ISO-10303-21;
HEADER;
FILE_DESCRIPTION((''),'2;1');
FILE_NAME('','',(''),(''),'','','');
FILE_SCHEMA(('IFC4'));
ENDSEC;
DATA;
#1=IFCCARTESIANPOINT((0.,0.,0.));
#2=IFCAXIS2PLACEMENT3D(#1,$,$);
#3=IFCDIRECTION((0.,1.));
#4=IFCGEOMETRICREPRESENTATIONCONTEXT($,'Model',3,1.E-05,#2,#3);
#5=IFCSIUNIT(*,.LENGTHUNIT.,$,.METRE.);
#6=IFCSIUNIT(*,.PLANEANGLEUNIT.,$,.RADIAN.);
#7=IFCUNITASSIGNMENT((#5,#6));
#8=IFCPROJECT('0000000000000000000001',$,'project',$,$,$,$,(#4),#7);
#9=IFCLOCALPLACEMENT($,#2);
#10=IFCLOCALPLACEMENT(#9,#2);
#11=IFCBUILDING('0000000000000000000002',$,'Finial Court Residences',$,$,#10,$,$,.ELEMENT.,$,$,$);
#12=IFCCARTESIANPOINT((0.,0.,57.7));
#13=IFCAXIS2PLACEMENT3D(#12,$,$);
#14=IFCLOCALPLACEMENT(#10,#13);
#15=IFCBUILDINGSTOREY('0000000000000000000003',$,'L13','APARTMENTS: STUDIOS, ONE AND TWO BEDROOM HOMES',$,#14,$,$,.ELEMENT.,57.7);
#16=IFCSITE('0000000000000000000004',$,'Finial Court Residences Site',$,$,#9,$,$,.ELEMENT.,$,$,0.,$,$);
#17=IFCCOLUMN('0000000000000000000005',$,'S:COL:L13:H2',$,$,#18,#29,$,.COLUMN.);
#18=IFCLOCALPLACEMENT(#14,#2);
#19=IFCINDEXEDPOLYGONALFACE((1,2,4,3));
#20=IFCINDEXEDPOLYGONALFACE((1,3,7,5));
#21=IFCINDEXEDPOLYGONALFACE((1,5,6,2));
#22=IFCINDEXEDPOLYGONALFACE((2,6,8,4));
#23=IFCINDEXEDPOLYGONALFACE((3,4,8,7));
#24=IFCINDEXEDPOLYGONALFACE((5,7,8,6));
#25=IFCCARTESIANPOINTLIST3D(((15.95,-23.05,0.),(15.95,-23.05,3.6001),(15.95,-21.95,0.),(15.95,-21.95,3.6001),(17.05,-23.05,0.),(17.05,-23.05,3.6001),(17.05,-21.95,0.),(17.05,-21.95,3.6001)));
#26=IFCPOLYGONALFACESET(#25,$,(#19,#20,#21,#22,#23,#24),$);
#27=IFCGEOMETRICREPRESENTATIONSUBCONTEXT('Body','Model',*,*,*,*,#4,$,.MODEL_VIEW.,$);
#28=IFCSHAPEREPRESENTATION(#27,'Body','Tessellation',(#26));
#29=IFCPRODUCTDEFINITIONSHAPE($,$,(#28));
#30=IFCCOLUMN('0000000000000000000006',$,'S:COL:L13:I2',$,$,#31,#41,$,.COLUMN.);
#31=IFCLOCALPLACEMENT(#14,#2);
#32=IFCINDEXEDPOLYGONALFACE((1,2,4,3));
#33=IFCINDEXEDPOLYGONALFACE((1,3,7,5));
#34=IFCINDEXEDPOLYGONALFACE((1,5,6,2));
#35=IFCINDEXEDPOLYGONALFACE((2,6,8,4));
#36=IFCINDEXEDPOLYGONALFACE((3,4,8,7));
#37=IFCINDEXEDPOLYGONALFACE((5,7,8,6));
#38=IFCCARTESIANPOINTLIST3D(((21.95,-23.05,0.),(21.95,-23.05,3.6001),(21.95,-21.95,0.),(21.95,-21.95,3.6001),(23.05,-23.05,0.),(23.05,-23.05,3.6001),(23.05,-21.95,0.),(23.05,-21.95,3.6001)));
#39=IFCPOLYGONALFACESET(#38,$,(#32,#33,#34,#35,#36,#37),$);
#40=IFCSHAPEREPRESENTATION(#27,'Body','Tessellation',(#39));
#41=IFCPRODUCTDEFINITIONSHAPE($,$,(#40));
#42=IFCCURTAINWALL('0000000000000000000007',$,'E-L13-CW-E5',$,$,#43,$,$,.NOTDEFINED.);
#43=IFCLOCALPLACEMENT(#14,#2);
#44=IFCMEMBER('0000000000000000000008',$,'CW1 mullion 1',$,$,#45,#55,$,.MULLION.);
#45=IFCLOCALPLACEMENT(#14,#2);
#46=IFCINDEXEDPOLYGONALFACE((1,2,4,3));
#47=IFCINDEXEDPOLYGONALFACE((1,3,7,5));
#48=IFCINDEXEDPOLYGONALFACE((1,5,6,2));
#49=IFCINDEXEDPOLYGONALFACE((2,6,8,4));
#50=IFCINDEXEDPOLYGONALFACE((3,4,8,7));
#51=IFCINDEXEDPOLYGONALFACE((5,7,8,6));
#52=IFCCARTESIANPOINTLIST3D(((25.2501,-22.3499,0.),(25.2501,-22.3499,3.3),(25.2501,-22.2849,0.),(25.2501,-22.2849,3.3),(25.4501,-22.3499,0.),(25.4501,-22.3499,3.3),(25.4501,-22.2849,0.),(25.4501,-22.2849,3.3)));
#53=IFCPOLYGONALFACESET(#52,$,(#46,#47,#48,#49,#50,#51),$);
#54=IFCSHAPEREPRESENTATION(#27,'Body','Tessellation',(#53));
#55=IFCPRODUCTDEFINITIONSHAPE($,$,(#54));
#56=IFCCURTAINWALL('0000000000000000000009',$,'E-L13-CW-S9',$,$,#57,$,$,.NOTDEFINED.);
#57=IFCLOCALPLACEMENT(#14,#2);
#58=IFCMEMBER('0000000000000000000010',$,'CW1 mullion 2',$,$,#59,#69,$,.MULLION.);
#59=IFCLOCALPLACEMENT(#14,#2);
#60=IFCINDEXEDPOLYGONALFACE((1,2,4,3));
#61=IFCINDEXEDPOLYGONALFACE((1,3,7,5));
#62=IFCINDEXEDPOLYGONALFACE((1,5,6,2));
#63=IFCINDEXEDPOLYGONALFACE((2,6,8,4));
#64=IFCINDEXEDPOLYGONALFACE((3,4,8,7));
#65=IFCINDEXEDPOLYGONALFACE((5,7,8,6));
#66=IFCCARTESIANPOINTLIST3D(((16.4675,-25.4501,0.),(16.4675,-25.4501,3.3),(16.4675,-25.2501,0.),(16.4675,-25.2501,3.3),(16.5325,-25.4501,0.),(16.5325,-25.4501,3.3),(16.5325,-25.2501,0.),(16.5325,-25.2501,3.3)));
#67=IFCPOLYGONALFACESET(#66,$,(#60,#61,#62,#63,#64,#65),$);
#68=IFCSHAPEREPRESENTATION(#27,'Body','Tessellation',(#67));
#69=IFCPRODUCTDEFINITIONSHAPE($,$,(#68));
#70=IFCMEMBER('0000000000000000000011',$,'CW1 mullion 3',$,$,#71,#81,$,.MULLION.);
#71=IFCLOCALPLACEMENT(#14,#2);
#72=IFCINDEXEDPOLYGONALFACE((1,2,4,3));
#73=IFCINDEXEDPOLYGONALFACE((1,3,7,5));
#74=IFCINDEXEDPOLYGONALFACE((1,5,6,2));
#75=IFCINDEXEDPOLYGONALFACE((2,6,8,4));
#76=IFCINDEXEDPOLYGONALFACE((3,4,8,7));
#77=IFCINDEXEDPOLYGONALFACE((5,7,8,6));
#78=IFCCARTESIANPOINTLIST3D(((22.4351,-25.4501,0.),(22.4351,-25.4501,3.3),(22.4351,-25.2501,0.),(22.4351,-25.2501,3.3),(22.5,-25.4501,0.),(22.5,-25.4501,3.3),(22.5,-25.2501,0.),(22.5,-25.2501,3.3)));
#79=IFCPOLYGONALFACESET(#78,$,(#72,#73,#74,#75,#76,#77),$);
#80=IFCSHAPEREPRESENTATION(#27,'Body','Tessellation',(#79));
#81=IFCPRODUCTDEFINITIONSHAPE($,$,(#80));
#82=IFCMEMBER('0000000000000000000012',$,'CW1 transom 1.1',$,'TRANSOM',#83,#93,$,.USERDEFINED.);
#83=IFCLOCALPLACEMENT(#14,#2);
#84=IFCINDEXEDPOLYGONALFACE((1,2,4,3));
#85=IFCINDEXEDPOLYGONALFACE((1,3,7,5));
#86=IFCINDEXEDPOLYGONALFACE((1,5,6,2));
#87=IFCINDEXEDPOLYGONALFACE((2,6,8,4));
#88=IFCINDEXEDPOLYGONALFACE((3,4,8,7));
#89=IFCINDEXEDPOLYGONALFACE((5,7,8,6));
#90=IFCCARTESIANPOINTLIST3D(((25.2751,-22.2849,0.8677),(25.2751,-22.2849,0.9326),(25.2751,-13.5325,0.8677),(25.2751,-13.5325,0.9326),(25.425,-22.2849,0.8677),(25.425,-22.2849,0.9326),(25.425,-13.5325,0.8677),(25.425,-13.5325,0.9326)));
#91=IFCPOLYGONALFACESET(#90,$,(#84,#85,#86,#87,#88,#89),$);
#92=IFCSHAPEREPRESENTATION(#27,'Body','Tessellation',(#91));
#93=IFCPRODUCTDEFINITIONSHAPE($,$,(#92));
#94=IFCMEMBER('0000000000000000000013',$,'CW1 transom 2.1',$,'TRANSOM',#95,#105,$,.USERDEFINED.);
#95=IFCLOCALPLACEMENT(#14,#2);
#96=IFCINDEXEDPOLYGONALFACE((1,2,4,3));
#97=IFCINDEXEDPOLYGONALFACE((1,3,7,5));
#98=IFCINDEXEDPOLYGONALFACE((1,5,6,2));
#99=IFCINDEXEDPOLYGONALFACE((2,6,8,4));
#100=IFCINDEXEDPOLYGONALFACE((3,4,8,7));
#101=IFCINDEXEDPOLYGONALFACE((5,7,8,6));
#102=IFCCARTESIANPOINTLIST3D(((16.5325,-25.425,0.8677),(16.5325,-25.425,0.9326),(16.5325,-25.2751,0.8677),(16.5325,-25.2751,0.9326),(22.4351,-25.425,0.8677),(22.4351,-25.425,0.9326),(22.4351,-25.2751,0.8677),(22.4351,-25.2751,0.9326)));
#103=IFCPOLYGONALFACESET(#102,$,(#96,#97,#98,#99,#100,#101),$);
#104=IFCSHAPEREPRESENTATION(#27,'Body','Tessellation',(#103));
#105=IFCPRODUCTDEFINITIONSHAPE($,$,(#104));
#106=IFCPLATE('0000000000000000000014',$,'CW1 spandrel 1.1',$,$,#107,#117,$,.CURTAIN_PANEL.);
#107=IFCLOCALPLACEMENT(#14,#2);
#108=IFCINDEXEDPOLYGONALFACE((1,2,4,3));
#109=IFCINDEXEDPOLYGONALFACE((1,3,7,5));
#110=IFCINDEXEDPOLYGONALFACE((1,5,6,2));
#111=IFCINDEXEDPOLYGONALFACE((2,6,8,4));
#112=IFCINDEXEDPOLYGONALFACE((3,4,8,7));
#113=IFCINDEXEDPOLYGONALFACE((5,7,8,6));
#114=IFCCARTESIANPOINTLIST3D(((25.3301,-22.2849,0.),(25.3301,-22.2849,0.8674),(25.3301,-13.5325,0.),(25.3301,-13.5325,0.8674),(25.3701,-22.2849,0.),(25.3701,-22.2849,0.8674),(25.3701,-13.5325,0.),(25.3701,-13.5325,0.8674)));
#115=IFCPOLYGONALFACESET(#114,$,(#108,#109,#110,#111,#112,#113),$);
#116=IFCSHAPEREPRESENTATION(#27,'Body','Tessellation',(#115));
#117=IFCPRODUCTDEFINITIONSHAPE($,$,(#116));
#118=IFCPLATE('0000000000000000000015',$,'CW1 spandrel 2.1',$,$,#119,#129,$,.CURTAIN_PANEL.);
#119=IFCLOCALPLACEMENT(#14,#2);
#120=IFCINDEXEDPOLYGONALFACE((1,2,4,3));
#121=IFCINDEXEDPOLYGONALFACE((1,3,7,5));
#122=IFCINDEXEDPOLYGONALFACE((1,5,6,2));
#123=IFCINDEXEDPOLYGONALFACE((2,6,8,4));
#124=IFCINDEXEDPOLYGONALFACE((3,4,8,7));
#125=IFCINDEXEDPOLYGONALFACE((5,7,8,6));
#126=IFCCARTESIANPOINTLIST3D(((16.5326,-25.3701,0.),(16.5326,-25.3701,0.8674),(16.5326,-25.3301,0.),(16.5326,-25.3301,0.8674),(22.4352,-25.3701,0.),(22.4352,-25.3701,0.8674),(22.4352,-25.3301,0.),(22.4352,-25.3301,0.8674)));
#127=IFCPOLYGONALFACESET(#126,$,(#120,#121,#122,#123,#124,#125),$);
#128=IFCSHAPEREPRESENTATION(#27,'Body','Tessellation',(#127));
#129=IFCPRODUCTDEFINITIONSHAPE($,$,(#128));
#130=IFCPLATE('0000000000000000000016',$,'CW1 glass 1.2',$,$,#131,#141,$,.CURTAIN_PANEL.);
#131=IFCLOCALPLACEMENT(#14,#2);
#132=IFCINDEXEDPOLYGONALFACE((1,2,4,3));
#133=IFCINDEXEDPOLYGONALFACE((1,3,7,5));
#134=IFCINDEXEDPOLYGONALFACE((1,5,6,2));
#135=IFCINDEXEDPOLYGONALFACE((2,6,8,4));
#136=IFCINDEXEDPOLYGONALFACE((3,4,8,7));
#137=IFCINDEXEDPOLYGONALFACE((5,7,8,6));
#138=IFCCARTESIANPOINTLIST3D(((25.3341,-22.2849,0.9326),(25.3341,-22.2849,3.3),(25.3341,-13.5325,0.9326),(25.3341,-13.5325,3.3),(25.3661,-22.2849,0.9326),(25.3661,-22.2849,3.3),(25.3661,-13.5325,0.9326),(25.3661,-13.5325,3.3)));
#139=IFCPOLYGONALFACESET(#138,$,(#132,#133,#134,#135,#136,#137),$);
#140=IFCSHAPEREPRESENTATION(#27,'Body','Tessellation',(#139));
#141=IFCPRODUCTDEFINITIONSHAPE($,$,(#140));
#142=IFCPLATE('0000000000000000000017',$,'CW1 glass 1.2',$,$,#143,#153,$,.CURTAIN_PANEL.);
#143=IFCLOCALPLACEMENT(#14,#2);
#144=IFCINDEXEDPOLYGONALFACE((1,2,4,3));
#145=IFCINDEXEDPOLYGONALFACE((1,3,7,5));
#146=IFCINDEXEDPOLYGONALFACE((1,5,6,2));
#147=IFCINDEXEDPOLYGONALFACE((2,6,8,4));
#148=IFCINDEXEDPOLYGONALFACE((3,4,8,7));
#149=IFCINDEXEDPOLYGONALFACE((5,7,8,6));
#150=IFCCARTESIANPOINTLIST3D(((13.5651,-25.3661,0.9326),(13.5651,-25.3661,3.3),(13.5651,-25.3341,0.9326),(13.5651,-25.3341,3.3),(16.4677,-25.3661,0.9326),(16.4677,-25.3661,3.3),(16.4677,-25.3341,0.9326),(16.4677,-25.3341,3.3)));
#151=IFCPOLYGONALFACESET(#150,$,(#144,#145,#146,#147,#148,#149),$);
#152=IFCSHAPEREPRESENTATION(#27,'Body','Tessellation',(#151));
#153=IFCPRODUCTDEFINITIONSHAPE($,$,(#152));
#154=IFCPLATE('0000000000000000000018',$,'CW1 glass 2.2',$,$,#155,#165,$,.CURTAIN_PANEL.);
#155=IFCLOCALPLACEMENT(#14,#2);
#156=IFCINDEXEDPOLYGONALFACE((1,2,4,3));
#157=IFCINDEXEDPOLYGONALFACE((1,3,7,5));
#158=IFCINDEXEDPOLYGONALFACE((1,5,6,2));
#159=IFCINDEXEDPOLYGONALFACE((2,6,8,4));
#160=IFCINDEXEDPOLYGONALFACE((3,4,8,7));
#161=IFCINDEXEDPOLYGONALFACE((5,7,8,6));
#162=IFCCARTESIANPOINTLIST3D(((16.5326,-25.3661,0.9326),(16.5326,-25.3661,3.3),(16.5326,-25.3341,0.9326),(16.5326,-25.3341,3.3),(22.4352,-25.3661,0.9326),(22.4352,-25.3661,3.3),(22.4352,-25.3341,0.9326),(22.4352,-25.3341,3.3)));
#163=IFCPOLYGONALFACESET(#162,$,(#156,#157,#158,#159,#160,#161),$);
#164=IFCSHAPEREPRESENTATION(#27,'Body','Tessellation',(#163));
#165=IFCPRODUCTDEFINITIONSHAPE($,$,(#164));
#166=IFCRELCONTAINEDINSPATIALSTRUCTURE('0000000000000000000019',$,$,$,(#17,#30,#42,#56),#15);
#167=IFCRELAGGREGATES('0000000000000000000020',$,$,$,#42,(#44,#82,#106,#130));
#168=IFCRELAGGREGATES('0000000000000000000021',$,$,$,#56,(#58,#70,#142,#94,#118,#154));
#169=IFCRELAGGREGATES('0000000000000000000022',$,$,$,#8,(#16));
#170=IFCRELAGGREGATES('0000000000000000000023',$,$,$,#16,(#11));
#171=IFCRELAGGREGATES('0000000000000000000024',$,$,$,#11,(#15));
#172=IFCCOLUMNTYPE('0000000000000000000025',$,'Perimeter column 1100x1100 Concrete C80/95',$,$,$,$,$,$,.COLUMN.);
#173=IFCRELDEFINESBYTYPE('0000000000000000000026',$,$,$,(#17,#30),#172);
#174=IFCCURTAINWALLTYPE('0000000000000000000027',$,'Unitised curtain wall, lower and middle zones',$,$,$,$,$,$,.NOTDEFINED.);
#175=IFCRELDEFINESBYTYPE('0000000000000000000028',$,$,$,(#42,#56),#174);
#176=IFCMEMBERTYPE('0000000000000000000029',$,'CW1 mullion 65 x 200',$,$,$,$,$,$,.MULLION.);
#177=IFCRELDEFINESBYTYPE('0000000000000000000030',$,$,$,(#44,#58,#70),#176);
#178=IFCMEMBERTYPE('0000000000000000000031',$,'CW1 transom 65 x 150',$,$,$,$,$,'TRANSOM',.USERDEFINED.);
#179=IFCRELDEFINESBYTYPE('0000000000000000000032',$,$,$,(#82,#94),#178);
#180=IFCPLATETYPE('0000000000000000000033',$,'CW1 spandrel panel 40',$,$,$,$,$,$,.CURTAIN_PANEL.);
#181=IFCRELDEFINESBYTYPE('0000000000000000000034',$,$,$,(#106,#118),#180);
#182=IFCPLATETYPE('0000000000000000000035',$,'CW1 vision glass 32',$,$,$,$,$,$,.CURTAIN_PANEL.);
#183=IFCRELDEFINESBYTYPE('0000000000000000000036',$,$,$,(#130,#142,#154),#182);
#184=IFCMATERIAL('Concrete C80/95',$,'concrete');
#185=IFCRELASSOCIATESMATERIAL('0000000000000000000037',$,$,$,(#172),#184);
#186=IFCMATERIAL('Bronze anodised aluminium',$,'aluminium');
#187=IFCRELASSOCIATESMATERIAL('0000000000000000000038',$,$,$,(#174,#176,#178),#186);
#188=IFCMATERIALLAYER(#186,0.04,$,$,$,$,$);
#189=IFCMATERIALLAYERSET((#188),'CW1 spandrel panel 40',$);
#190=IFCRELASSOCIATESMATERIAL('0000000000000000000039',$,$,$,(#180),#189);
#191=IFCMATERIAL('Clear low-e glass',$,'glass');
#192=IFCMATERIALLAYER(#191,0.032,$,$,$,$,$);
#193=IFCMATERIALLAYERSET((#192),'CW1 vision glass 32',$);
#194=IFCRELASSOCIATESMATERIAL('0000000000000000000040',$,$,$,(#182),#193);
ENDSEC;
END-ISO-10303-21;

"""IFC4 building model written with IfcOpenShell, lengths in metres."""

from ifc_helpers import new_model, si_unit, direction, frame, origin, origin_2d, place, context, subcontext, project, spatial, rectangle, extrude, material, layer, layer_set, material_profile, profile_set, type_object, element, aggregate, save


model = new_model("IFC4")

# Units and contexts
model_context = context("Model", 3, precision=1e-05, world=origin(), true_north=direction((0.0, 1.0)))
body_context = subcontext(model_context, "Body", "Model", "MODEL_VIEW")
ifc_project = project(units=[si_unit("LENGTHUNIT", "METRE"), si_unit("PLANEANGLEUNIT", "RADIAN")], contexts=[model_context])

# Site, building, storey
site_placement = place(None, origin())
site = spatial("IfcSite", under=ifc_project, at=site_placement, Name="Finial Court Residences Site", CompositionType="ELEMENT", RefElevation=0.0)
building_placement = place(site_placement, origin())
building = spatial("IfcBuilding", under=site, at=building_placement, Name="Finial Court Residences", CompositionType="ELEMENT")
storey_placement = place(building_placement, frame((0.0, 0.0, 57.7)))
storey = spatial("IfcBuildingStorey", under=building, at=storey_placement, Name="L13", Description="APARTMENTS: STUDIOS, ONE AND TWO BEDROOM HOMES", CompositionType="ELEMENT", Elevation=57.7)

# Columns
ifc_material_1 = material(Name="Concrete C80/95", Category="concrete")
ifc_material_profile_1 = material_profile(ifc_material_1, rectangle(XDim=1.1001, YDim=1.1001, at=origin_2d()), Name="1100x1100")
ifc_profile_set_1 = profile_set([ifc_material_profile_1], Name="Concrete C80/95")
column_type = type_object("IfcColumnType", Name="Perimeter column 1100x1100 Concrete C80/95", PredefinedType="COLUMN", material=ifc_profile_set_1)
for number, where, z_axis, x_axis, name in (
    (1, (16.5, -22.5, 0.0), (0.0, 0.0, 1.0), (1.0, 0.0, 0.0), "S:COL:L13:H2"),
    (2, (22.5, -22.5, 0.0), (0.0, 0.0, 1.0), (1.0, 0.0, 0.0), "S:COL:L13:I2"),
):
    element("IfcColumn", number, at=place(storey_placement, frame(where, z_axis=z_axis, x_axis=x_axis)), inside=storey, type_object=column_type, Name=name, PredefinedType="COLUMN", context=body_context, shape_type="SweptSolid", body=[
        extrude(rectangle(XDim=1.1001, YDim=1.1001, at=origin_2d()), origin(), (0.0, 0.0, 1.0), 3.6001),
    ])

# Curtain wall, member
ifc_material_2 = material(Name="Bronze anodised aluminium", Category="aluminium")
curtain_wall_type = type_object("IfcCurtainWallType", Name="Unitised curtain wall, lower and middle zones", PredefinedType="NOTDEFINED", material=ifc_material_2)
curtain_wall_1_placement = place(storey_placement, origin())
curtain_wall_1 = element("IfcCurtainWall", 3, at=curtain_wall_1_placement, inside=storey, type_object=curtain_wall_type, Name="E-L13-CW-E5", PredefinedType="NOTDEFINED")
ifc_material_profile_2 = material_profile(ifc_material_2, rectangle(XDim=0.2, YDim=0.0649, at=origin_2d()), Name="CW1 mullion 65 x 200")
ifc_profile_set_2 = profile_set([ifc_material_profile_2], Name="Bronze anodised aluminium")
member_type_1 = type_object("IfcMemberType", Name="CW1 mullion 65 x 200", PredefinedType="MULLION", material=ifc_profile_set_2)
member_1_placement = place(storey_placement, frame((25.3501, -22.3174, 0.0), z_axis=(0.0, 0.0, 1.0), x_axis=(-1.0, 0.0, 0.0)))
member_1 = element("IfcMember", 4, at=member_1_placement, type_object=member_type_1, Name="CW1 mullion 1", PredefinedType="MULLION", context=body_context, shape_type="SweptSolid", body=[
    extrude(rectangle(XDim=0.2, YDim=0.0649, at=origin_2d()), origin(), (0.0, 0.0, 1.0), 3.3),
])

# Curtain wall, members
curtain_wall_2_placement = place(storey_placement, origin())
curtain_wall_2 = element("IfcCurtainWall", 5, at=curtain_wall_2_placement, inside=storey, type_object=curtain_wall_type, Name="E-L13-CW-S9", PredefinedType="NOTDEFINED")
member_2_placement = place(storey_placement, frame((16.5, -25.3501, 0.0), z_axis=(0.0, 0.0, 1.0), x_axis=(0.0, 1.0, 0.0)))
member_2 = element("IfcMember", 6, at=member_2_placement, type_object=member_type_1, Name="CW1 mullion 2", PredefinedType="MULLION", context=body_context, shape_type="SweptSolid", body=[
    extrude(rectangle(XDim=0.2, YDim=0.0649, at=origin_2d()), origin(), (0.0, 0.0, 1.0), 3.3),
])
member_3_placement = place(storey_placement, frame((22.4675, -25.3501, 0.0), z_axis=(0.0, 0.0, 1.0), x_axis=(0.0, 1.0, 0.0)))
member_3 = element("IfcMember", 7, at=member_3_placement, type_object=member_type_1, Name="CW1 mullion 3", PredefinedType="MULLION", context=body_context, shape_type="SweptSolid", body=[
    extrude(rectangle(XDim=0.2, YDim=0.0649, at=origin_2d()), origin(), (0.0, 0.0, 1.0), 3.3),
])

# Members
ifc_material_profile_3 = material_profile(ifc_material_2, rectangle(XDim=0.1499, YDim=0.0649, at=origin_2d()), Name="CW1 transom 65 x 150")
ifc_profile_set_3 = profile_set([ifc_material_profile_3], Name="Bronze anodised aluminium")
member_type_2 = type_object("IfcMemberType", Name="CW1 transom 65 x 150", ElementType="TRANSOM", PredefinedType="USERDEFINED", material=ifc_profile_set_3)
member_4_placement = place(storey_placement, frame((25.3501, -22.2849, 0.9001), z_axis=(0.0, 1.0, 0.0), x_axis=(-1.0, 0.0, 0.0)))
member_4 = element("IfcMember", 8, at=member_4_placement, type_object=member_type_2, Name="CW1 transom 1.1", ObjectType="TRANSOM", PredefinedType="USERDEFINED", context=body_context, shape_type="SweptSolid", body=[
    extrude(rectangle(XDim=0.1499, YDim=0.0649, at=origin_2d()), origin(), (0.0, 0.0, 1.0), 8.7524),
])
member_5_placement = place(storey_placement, frame((16.5325, -25.3501, 0.9001), z_axis=(1.0, 0.0, 0.0), x_axis=(0.0, 1.0, 0.0)))
member_5 = element("IfcMember", 9, at=member_5_placement, type_object=member_type_2, Name="CW1 transom 2.1", ObjectType="TRANSOM", PredefinedType="USERDEFINED", context=body_context, shape_type="SweptSolid", body=[
    extrude(rectangle(XDim=0.1499, YDim=0.0649, at=origin_2d()), origin(), (0.0, 0.0, 1.0), 5.9026),
])

# Plates
ifc_layer_1 = layer(ifc_material_2, 0.04)
ifc_layer_set_1 = layer_set([ifc_layer_1], Name="CW1 spandrel panel 40")
plate_type_1 = type_object("IfcPlateType", Name="CW1 spandrel panel 40", PredefinedType="CURTAIN_PANEL", material=ifc_layer_set_1)
plate_1_placement = place(storey_placement, frame((25.3501, -17.9087, 0.0), z_axis=(0.0, 0.0, 1.0), x_axis=(0.0, 1.0, 0.0)))
plate_1 = element("IfcPlate", 10, at=plate_1_placement, type_object=plate_type_1, Name="CW1 spandrel 1.1", PredefinedType="CURTAIN_PANEL", context=body_context, shape_type="SweptSolid", body=[
    extrude(rectangle(XDim=8.7524, YDim=0.04, at=origin_2d()), origin(), (0.0, 0.0, 1.0), 0.8674),
])
plate_2_placement = place(storey_placement, frame((19.4839, -25.3501, 0.0), z_axis=(0.0, 0.0, 1.0), x_axis=(1.0, 0.0, 0.0)))
plate_2 = element("IfcPlate", 11, at=plate_2_placement, type_object=plate_type_1, Name="CW1 spandrel 2.1", PredefinedType="CURTAIN_PANEL", context=body_context, shape_type="SweptSolid", body=[
    extrude(rectangle(XDim=5.9026, YDim=0.04, at=origin_2d()), origin(), (0.0, 0.0, 1.0), 0.8674),
])
ifc_material_3 = material(Name="Clear low-e glass", Category="glass")
ifc_layer_2 = layer(ifc_material_3, 0.032)
ifc_layer_set_2 = layer_set([ifc_layer_2], Name="CW1 vision glass 32")
plate_type_2 = type_object("IfcPlateType", Name="CW1 vision glass 32", PredefinedType="CURTAIN_PANEL", material=ifc_layer_set_2)
plate_3_placement = place(storey_placement, frame((25.3501, -17.9087, 0.9326), z_axis=(0.0, 0.0, 1.0), x_axis=(0.0, 1.0, 0.0)))
plate_3 = element("IfcPlate", 12, at=plate_3_placement, type_object=plate_type_2, Name="CW1 glass 1.2", PredefinedType="CURTAIN_PANEL", context=body_context, shape_type="SweptSolid", body=[
    extrude(rectangle(XDim=8.7524, YDim=0.032, at=origin_2d()), origin(), (0.0, 0.0, 1.0), 2.3674),
])
aggregate(curtain_wall_1, [member_1, member_4, plate_1, plate_3])
plate_4_placement = place(storey_placement, frame((15.0164, -25.3501, 0.9326), z_axis=(0.0, 0.0, 1.0), x_axis=(1.0, 0.0, 0.0)))
plate_4 = element("IfcPlate", 13, at=plate_4_placement, type_object=plate_type_2, Name="CW1 glass 1.2", PredefinedType="CURTAIN_PANEL", context=body_context, shape_type="SweptSolid", body=[
    extrude(rectangle(XDim=2.9026, YDim=0.032, at=origin_2d()), origin(), (0.0, 0.0, 1.0), 2.3674),
])
plate_5_placement = place(storey_placement, frame((19.4839, -25.3501, 0.9326), z_axis=(0.0, 0.0, 1.0), x_axis=(1.0, 0.0, 0.0)))
plate_5 = element("IfcPlate", 14, at=plate_5_placement, type_object=plate_type_2, Name="CW1 glass 2.2", PredefinedType="CURTAIN_PANEL", context=body_context, shape_type="SweptSolid", body=[
    extrude(rectangle(XDim=5.9026, YDim=0.032, at=origin_2d()), origin(), (0.0, 0.0, 1.0), 2.3674),
])
aggregate(curtain_wall_2, [member_2, member_3, plate_4, member_5, plate_2, plate_5])

save(model, "model.ifc")
